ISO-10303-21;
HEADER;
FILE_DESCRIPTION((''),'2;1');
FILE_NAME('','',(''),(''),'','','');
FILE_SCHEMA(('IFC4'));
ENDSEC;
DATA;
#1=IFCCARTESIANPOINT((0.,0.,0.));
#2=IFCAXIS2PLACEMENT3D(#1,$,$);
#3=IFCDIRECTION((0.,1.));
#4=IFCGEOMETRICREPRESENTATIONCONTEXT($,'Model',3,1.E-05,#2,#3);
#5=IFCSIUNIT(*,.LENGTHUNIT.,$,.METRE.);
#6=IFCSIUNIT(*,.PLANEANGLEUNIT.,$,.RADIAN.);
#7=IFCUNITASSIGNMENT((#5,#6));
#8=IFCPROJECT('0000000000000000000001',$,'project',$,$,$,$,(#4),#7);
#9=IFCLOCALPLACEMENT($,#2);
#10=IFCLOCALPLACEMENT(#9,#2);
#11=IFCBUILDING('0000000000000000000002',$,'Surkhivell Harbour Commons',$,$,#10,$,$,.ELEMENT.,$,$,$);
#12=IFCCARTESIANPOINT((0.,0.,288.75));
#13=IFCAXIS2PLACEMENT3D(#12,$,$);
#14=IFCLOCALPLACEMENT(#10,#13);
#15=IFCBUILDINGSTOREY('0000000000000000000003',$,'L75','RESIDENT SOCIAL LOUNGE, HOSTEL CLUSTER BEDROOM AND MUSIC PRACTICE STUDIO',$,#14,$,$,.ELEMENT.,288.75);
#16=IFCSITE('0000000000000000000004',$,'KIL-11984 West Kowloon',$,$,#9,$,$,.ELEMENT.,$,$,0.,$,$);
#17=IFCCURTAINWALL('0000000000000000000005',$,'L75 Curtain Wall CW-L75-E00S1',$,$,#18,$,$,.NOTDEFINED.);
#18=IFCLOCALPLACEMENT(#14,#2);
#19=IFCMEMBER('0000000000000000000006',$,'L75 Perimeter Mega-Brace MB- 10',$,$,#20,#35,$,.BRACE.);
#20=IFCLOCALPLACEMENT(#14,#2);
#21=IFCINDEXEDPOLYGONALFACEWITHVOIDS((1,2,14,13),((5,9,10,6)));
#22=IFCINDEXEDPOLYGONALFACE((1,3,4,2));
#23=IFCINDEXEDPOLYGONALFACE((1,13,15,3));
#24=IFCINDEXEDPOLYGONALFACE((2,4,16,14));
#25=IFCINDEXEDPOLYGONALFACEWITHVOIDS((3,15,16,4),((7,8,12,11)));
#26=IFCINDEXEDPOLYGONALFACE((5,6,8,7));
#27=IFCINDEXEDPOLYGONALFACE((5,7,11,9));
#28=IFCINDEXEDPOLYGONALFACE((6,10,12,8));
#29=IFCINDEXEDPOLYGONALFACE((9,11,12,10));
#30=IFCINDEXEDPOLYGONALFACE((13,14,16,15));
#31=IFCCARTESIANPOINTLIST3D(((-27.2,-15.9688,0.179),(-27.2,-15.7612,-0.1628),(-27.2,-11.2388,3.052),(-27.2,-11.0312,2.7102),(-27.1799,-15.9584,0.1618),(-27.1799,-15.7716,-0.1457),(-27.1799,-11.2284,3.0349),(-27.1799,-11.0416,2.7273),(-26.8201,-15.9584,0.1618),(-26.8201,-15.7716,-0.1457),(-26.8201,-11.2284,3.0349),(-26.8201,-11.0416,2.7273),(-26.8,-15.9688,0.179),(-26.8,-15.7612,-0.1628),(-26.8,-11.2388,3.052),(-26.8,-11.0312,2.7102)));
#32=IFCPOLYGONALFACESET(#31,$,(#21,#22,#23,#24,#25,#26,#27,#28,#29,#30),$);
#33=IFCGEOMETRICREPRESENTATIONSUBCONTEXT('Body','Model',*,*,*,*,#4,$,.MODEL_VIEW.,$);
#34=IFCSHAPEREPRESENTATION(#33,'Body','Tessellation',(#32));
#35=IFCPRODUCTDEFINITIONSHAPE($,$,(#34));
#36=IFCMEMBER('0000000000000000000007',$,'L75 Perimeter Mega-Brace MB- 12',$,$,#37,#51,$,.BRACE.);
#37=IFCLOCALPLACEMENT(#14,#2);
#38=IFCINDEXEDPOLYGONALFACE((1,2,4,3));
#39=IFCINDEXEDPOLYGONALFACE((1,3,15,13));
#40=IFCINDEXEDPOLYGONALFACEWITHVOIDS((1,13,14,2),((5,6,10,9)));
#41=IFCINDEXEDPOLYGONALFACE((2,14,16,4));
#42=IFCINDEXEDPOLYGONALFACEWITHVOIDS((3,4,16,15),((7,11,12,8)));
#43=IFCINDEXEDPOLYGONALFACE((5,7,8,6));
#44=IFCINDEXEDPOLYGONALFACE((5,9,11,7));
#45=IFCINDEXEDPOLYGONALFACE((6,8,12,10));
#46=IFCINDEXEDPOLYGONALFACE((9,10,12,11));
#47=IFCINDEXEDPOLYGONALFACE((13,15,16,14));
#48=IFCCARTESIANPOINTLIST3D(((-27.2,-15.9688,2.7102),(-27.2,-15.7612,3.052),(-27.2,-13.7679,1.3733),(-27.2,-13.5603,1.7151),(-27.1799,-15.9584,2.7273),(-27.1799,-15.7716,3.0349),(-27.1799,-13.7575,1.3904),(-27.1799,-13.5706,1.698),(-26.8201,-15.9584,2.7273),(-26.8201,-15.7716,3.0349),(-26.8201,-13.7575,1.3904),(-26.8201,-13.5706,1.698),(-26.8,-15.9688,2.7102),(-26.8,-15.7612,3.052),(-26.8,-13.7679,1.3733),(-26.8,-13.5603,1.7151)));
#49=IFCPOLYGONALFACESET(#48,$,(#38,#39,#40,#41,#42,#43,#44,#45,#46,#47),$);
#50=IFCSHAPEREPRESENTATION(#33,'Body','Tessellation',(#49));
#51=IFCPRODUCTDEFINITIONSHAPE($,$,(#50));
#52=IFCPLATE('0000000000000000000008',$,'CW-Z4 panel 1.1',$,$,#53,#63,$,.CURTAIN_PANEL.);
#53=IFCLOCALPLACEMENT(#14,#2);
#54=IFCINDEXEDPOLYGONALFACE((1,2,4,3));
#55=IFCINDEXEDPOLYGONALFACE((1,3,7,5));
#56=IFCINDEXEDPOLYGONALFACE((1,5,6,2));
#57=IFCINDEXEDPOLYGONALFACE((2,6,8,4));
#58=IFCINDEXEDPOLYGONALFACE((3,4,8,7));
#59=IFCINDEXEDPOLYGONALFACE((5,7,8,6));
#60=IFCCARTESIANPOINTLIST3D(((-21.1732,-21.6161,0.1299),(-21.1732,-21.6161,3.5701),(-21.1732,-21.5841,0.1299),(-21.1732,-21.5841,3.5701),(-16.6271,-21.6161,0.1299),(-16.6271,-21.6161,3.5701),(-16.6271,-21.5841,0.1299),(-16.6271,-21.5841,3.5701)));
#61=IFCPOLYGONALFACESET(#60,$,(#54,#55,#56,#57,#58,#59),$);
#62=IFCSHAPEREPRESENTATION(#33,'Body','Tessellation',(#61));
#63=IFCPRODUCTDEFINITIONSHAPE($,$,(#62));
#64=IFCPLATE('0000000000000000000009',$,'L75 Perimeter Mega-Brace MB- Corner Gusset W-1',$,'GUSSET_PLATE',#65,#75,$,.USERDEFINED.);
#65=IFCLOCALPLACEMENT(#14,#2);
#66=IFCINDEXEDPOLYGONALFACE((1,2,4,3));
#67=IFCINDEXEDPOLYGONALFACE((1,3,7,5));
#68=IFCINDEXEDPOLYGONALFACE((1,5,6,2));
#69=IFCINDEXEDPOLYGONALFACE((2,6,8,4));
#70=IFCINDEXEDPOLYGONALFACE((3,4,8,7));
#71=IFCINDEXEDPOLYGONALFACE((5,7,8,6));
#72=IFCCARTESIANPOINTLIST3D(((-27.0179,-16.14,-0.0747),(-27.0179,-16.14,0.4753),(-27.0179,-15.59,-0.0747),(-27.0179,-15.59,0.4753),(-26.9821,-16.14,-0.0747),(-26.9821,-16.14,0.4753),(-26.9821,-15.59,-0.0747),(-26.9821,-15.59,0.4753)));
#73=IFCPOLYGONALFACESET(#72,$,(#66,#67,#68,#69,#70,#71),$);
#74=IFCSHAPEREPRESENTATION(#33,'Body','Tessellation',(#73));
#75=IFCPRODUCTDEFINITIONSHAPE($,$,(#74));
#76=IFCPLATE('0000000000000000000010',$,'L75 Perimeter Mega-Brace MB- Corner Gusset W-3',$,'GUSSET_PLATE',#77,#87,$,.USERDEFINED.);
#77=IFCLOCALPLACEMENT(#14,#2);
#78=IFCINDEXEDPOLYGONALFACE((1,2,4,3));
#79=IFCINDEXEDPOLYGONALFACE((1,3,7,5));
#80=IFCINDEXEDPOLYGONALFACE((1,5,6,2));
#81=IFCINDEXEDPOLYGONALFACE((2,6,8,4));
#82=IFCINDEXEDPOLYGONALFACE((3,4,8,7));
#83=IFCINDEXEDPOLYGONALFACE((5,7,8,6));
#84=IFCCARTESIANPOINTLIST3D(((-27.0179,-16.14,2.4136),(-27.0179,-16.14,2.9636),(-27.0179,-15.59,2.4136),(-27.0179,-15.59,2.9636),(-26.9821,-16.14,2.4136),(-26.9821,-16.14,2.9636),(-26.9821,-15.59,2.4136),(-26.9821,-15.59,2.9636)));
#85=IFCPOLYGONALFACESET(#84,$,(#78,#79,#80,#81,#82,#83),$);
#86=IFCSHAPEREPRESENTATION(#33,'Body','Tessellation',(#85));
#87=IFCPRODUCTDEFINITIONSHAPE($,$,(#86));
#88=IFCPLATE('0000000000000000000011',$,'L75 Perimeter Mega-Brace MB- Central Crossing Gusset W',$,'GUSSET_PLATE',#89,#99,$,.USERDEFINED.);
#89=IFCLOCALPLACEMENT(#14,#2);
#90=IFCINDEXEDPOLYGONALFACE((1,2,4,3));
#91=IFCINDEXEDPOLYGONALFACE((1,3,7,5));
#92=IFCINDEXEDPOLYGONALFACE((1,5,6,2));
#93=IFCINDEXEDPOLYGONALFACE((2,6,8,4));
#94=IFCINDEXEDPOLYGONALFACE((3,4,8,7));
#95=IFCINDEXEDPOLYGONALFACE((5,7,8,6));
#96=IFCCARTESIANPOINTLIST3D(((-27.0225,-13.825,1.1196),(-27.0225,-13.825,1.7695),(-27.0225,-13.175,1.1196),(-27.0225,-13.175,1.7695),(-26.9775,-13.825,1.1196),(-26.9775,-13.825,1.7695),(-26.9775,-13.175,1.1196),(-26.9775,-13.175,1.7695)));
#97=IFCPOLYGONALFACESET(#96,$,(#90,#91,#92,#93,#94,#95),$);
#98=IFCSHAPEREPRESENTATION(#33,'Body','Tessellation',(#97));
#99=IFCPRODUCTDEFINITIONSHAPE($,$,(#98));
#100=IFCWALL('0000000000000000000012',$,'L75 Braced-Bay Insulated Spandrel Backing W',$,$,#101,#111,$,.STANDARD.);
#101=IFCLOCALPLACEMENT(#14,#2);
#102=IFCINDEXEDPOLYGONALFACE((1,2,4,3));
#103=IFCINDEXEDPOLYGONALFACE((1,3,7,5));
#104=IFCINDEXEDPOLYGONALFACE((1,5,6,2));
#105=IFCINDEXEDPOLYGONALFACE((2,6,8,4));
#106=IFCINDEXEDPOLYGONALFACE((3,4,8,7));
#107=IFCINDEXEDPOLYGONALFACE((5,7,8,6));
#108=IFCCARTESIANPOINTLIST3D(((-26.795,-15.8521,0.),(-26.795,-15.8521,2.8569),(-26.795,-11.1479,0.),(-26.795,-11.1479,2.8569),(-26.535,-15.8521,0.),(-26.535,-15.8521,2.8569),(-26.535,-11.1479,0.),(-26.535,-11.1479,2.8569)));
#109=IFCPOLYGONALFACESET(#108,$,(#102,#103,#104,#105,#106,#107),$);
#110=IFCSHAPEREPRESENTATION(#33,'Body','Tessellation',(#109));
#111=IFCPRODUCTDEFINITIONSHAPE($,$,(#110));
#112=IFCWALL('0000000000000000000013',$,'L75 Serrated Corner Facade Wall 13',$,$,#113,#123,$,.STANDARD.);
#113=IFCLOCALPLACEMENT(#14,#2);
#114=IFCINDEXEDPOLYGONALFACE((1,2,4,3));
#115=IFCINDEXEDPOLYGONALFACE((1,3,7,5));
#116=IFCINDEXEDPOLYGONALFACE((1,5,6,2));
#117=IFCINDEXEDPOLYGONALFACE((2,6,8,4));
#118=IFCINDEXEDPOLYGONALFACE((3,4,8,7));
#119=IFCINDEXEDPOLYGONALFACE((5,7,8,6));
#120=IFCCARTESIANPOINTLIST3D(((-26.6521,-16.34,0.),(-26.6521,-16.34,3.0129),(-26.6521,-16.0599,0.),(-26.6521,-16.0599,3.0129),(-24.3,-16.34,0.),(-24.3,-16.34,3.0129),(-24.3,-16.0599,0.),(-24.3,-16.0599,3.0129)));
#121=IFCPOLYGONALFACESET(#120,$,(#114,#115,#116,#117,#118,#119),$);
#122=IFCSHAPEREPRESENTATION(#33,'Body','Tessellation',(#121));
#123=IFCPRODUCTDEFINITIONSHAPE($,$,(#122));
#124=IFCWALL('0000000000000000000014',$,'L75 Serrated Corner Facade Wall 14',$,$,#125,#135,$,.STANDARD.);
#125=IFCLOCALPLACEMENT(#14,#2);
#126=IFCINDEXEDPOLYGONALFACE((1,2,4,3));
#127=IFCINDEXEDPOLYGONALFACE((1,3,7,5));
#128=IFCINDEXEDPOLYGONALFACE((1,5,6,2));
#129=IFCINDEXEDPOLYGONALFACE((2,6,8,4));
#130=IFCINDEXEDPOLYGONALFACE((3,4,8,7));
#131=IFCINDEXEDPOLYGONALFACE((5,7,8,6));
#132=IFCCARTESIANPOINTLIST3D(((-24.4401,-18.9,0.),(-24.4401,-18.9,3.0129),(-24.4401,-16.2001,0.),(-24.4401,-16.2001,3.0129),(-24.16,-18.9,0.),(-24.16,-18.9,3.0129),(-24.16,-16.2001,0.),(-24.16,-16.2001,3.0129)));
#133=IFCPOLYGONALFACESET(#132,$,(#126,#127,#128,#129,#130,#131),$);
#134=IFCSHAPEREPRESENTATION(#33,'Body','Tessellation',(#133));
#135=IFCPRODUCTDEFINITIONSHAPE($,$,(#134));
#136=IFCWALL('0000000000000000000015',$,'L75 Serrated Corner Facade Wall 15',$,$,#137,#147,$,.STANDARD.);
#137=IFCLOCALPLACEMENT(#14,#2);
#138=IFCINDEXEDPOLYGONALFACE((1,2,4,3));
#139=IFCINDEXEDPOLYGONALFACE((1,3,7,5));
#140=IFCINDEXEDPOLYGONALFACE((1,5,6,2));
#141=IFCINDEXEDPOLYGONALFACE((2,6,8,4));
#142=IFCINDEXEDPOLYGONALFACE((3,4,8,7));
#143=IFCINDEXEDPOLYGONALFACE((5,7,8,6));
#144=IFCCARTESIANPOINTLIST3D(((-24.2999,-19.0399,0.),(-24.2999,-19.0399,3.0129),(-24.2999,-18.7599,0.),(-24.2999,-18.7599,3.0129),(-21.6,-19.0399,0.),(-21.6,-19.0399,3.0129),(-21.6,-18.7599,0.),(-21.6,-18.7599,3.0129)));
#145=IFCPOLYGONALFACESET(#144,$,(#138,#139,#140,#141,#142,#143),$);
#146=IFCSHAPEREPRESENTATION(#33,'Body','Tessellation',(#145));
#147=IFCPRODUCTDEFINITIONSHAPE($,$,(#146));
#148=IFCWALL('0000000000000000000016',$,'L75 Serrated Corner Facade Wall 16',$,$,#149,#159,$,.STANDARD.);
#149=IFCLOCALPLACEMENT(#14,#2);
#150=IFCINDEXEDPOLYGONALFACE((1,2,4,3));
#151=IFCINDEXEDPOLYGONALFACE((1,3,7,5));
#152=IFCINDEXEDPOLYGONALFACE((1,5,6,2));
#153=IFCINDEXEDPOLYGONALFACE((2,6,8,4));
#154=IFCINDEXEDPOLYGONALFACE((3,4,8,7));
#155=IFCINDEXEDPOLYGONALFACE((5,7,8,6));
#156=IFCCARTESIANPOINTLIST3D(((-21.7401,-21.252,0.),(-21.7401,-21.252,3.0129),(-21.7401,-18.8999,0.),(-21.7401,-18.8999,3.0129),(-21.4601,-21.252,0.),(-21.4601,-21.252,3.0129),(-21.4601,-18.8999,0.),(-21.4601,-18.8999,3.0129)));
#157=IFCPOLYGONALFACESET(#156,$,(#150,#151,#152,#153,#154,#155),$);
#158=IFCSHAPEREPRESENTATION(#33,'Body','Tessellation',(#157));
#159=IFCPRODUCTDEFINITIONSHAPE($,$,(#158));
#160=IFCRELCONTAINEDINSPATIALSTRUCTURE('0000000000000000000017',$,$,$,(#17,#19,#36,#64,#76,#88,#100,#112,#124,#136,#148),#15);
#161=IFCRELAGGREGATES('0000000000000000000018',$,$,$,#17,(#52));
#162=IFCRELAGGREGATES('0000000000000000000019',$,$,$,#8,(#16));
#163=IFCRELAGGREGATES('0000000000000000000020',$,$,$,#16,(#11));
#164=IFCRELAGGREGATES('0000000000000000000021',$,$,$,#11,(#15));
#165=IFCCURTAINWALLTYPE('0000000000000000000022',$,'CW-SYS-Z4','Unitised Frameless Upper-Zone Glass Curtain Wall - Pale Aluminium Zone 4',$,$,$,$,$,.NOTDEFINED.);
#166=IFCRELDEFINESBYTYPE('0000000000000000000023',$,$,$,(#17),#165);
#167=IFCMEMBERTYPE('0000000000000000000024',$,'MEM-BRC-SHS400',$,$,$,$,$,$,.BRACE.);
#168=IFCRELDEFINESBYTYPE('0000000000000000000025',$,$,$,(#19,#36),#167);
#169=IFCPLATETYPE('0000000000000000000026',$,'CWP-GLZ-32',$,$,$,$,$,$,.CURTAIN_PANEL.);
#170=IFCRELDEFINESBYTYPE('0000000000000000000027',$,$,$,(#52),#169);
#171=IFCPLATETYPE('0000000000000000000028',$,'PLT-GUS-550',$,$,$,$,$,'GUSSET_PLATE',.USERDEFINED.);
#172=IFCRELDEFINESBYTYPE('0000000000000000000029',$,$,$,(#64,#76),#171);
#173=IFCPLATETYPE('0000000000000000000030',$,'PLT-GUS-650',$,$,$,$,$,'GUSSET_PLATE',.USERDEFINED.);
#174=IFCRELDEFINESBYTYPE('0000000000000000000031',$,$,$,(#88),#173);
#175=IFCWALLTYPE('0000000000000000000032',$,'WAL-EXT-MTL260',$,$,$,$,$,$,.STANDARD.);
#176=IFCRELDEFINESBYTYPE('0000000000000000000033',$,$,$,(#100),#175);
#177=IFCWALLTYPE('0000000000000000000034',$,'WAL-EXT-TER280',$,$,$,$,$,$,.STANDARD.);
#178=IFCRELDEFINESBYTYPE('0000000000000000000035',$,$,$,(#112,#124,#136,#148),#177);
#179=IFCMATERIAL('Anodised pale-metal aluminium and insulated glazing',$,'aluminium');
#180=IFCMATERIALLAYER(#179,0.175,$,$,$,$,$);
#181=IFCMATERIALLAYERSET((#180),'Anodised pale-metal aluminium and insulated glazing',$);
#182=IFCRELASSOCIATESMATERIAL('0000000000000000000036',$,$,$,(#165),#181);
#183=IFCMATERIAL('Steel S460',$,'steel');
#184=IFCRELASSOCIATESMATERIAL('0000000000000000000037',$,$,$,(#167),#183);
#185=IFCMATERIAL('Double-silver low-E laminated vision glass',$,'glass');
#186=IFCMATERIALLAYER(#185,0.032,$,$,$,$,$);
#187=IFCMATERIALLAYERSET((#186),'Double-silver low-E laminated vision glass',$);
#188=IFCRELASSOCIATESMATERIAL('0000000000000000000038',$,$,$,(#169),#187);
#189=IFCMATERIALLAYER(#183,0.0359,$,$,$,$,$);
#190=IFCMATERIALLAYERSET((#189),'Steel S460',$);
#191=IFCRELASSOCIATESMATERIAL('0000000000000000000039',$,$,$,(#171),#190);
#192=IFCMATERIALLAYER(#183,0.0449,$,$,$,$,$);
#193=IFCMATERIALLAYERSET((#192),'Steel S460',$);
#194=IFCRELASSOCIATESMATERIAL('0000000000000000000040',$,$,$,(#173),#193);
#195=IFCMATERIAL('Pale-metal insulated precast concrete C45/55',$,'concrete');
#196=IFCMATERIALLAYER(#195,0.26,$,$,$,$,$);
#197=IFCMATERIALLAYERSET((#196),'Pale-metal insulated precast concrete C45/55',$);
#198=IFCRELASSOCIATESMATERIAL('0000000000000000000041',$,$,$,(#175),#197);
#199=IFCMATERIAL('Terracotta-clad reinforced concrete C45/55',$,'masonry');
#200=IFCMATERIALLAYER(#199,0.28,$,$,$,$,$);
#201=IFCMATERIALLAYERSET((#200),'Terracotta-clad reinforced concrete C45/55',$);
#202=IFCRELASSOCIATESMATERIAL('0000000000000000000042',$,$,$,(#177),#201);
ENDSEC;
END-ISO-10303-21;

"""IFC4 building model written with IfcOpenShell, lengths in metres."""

from ifc_helpers import new_model, si_unit, direction, frame, frame_2d, origin, origin_2d, place, context, subcontext, project, spatial, rectangle, hollow_rectangle, extrude, material, layer, layer_set, material_profile, profile_set, type_object, element, aggregate, save


model = new_model("IFC4")

# Units and contexts
model_context = context("Model", 3, precision=1e-05, world=origin(), true_north=direction((0.0, 1.0)))
body_context = subcontext(model_context, "Body", "Model", "MODEL_VIEW")
ifc_project = project(units=[si_unit("LENGTHUNIT", "METRE"), si_unit("PLANEANGLEUNIT", "RADIAN")], contexts=[model_context])

# Site, building, storey
site_placement = place(None, origin())
site = spatial("IfcSite", under=ifc_project, at=site_placement, Name="KIL-11984 West Kowloon", CompositionType="ELEMENT", RefElevation=0.0)
building_placement = place(site_placement, origin())
building = spatial("IfcBuilding", under=site, at=building_placement, Name="Surkhivell Harbour Commons", CompositionType="ELEMENT")
storey_placement = place(building_placement, frame((0.0, 0.0, 288.75)))
storey = spatial("IfcBuildingStorey", under=building, at=storey_placement, Name="L75", Description="RESIDENT SOCIAL LOUNGE, HOSTEL CLUSTER BEDROOM AND MUSIC PRACTICE STUDIO", CompositionType="ELEMENT", Elevation=288.75)

# Curtain wall
ifc_material_1 = material(Name="Anodised pale-metal aluminium and insulated glazing", Category="aluminium")
ifc_layer_1 = layer(ifc_material_1, 0.175)
ifc_layer_set_1 = layer_set([ifc_layer_1], Name="Anodised pale-metal aluminium and insulated glazing")
curtain_wall_type = type_object("IfcCurtainWallType", Name="CW-SYS-Z4", Description="Unitised Frameless Upper-Zone Glass Curtain Wall - Pale Aluminium Zone 4", PredefinedType="NOTDEFINED", material=ifc_layer_set_1)
curtain_wall_placement = place(storey_placement, origin())
curtain_wall = element("IfcCurtainWall", 1, at=curtain_wall_placement, inside=storey, type_object=curtain_wall_type, Name="L75 Curtain Wall CW-L75-E00S1", PredefinedType="NOTDEFINED")

# Members
ifc_material_2 = material(Name="Steel S460", Category="steel")
ifc_material_profile_1 = material_profile(ifc_material_2, hollow_rectangle(XDim=0.3999, YDim=0.3999, WallThickness=0.02, at=origin_2d()), Name="SHS400x400x20")
ifc_profile_set_1 = profile_set([ifc_material_profile_1], Name="Steel S460")
member_type_1 = type_object("IfcMemberType", Name="MEM-BRC-SHS400", PredefinedType="BRACE", material=ifc_profile_set_1)
member_1_placement = place(storey_placement, frame((-27.0, -15.865, 0.0081), z_axis=(0.0, 0.854685, 0.519146), x_axis=(-1.0, 0.0, 0.0)))
element("IfcMember", 2, at=member_1_placement, inside=storey, type_object=member_type_1, Name="L75 Perimeter Mega-Brace MB- 10", PredefinedType="BRACE", context=body_context, shape_type="SweptSolid", body=[
    extrude(hollow_rectangle(XDim=0.3999, YDim=0.3999, WallThickness=0.02, at=origin_2d()), origin(), (0.0, 0.0, 1.0), 5.5342),
])
member_2_placement = place(storey_placement, frame((-27.0, -13.6641, 1.5442), z_axis=(0.0, -0.854678, 0.519159), x_axis=(1.0, 0.0, 0.0)))
element("IfcMember", 3, at=member_2_placement, inside=storey, type_object=member_type_1, Name="L75 Perimeter Mega-Brace MB- 12", PredefinedType="BRACE", context=body_context, shape_type="SweptSolid", body=[
    extrude(hollow_rectangle(XDim=0.3999, YDim=0.3999, WallThickness=0.02, at=origin_2d()), origin(), (0.0, 0.0, 1.0), 2.5752),
])

# Plate
ifc_material_3 = material(Name="Double-silver low-E laminated vision glass", Category="glass")
ifc_layer_2 = layer(ifc_material_3, 0.032)
ifc_layer_set_2 = layer_set([ifc_layer_2], Name="Double-silver low-E laminated vision glass")
plate_type_1 = type_object("IfcPlateType", Name="CWP-GLZ-32", PredefinedType="CURTAIN_PANEL", material=ifc_layer_set_2)
plate_1_placement = place(storey_placement, frame((-21.1731, -21.6001, 0.1299), z_axis=(0.0, 0.0, 1.0), x_axis=(1.0, 0.0, 0.0)))
plate_1 = element("IfcPlate", 4, at=plate_1_placement, type_object=plate_type_1, Name="CW-Z4 panel 1.1", PredefinedType="CURTAIN_PANEL", context=body_context, shape_type="SweptSolid", body=[
    extrude(rectangle(XDim=4.5461, YDim=0.032, at=frame_2d((2.2729, 0.0))), origin(), (0.0, 0.0, 1.0), 3.4402),
])
aggregate(curtain_wall, [plate_1])

# Plates
ifc_layer_3 = layer(ifc_material_2, 0.0359)
ifc_layer_set_3 = layer_set([ifc_layer_3], Name="Steel S460")
plate_type_2 = type_object("IfcPlateType", Name="PLT-GUS-550", ElementType="GUSSET_PLATE", PredefinedType="USERDEFINED", material=ifc_layer_set_3)
for number, where, z_axis, x_axis, name in (
    (5, (-27.0, -15.865, -0.0747), (0.0, 0.0, 1.0), (0.0, 1.0, 0.0), "L75 Perimeter Mega-Brace MB- Corner Gusset W-1"),
    (6, (-27.0, -15.865, 2.4136), (0.0, 0.0, 1.0), (0.0, 1.0, 0.0), "L75 Perimeter Mega-Brace MB- Corner Gusset W-3"),
):
    element("IfcPlate", number, at=place(storey_placement, frame(where, z_axis=z_axis, x_axis=x_axis)), inside=storey, type_object=plate_type_2, Name=name, ObjectType="GUSSET_PLATE", PredefinedType="USERDEFINED", context=body_context, shape_type="SweptSolid", body=[
        extrude(rectangle(XDim=0.55, YDim=0.0359, at=origin_2d()), origin(), (0.0, 0.0, 1.0), 0.55),
    ])
ifc_layer_4 = layer(ifc_material_2, 0.0449)
ifc_layer_set_4 = layer_set([ifc_layer_4], Name="Steel S460")
plate_type_3 = type_object("IfcPlateType", Name="PLT-GUS-650", ElementType="GUSSET_PLATE", PredefinedType="USERDEFINED", material=ifc_layer_set_4)
plate_2_placement = place(storey_placement, frame((-27.0, -13.5, 1.1196), z_axis=(0.0, 0.0, 1.0), x_axis=(0.0, 1.0, 0.0)))
element("IfcPlate", 7, at=plate_2_placement, inside=storey, type_object=plate_type_3, Name="L75 Perimeter Mega-Brace MB- Central Crossing Gusset W", ObjectType="GUSSET_PLATE", PredefinedType="USERDEFINED", context=body_context, shape_type="SweptSolid", body=[
    extrude(rectangle(XDim=0.6499, YDim=0.0449, at=origin_2d()), origin(), (0.0, 0.0, 1.0), 0.6499),
])

# Walls
ifc_material_4 = material(Name="Pale-metal insulated precast concrete C45/55", Category="concrete")
ifc_layer_5 = layer(ifc_material_4, 0.26)
ifc_layer_set_5 = layer_set([ifc_layer_5], Name="Pale-metal insulated precast concrete C45/55")
wall_type_1 = type_object("IfcWallType", Name="WAL-EXT-MTL260", PredefinedType="STANDARD", material=ifc_layer_set_5)
wall_1_placement = place(storey_placement, frame((-26.665, -11.1479, 0.0), z_axis=(0.0, 0.0, 1.0), x_axis=(0.0, -1.0, 0.0)))
element("IfcWall", 8, at=wall_1_placement, inside=storey, type_object=wall_type_1, Name="L75 Braced-Bay Insulated Spandrel Backing W", PredefinedType="STANDARD", context=body_context, shape_type="SweptSolid", body=[
    extrude(rectangle(XDim=4.7041, YDim=0.26, at=frame_2d((2.3521, 0.0))), origin(), (0.0, 0.0, 1.0), 2.8569),
])
ifc_material_5 = material(Name="Terracotta-clad reinforced concrete C45/55", Category="masonry")
ifc_layer_6 = layer(ifc_material_5, 0.28)
ifc_layer_set_6 = layer_set([ifc_layer_6], Name="Terracotta-clad reinforced concrete C45/55")
wall_type_2 = type_object("IfcWallType", Name="WAL-EXT-TER280", PredefinedType="STANDARD", material=ifc_layer_set_6)
wall_2_placement = place(storey_placement, frame((-26.6521, -16.2, 0.0), z_axis=(0.0, 0.0, 1.0), x_axis=(1.0, 0.0, 0.0)))
element("IfcWall", 9, at=wall_2_placement, inside=storey, type_object=wall_type_2, Name="L75 Serrated Corner Facade Wall 13", PredefinedType="STANDARD", context=body_context, shape_type="SweptSolid", body=[
    extrude(rectangle(XDim=2.3521, YDim=0.28, at=frame_2d((1.176, 0.0))), origin(), (0.0, 0.0, 1.0), 3.0129),
])
for number, where, z_axis, x_axis, name in (
    (10, (-24.3, -16.2, 0.0), (0.0, 0.0, 1.0), (0.0, -1.0, 0.0), "L75 Serrated Corner Facade Wall 14"),
    (11, (-24.3, -18.8999, 0.0), (0.0, 0.0, 1.0), (1.0, 0.0, 0.0), "L75 Serrated Corner Facade Wall 15"),
):
    element("IfcWall", number, at=place(storey_placement, frame(where, z_axis=z_axis, x_axis=x_axis)), inside=storey, type_object=wall_type_2, Name=name, PredefinedType="STANDARD", context=body_context, shape_type="SweptSolid", body=[
        extrude(rectangle(XDim=2.7, YDim=0.28, at=frame_2d((1.3501, 0.0))), origin(), (0.0, 0.0, 1.0), 3.0129),
    ])
wall_3_placement = place(storey_placement, frame((-21.6001, -18.8999, 0.0), z_axis=(0.0, 0.0, 1.0), x_axis=(0.0, -1.0, 0.0)))
element("IfcWall", 12, at=wall_3_placement, inside=storey, type_object=wall_type_2, Name="L75 Serrated Corner Facade Wall 16", PredefinedType="STANDARD", context=body_context, shape_type="SweptSolid", body=[
    extrude(rectangle(XDim=2.3521, YDim=0.28, at=frame_2d((1.176, 0.0))), origin(), (0.0, 0.0, 1.0), 3.0129),
])

save(model, "model.ifc")
